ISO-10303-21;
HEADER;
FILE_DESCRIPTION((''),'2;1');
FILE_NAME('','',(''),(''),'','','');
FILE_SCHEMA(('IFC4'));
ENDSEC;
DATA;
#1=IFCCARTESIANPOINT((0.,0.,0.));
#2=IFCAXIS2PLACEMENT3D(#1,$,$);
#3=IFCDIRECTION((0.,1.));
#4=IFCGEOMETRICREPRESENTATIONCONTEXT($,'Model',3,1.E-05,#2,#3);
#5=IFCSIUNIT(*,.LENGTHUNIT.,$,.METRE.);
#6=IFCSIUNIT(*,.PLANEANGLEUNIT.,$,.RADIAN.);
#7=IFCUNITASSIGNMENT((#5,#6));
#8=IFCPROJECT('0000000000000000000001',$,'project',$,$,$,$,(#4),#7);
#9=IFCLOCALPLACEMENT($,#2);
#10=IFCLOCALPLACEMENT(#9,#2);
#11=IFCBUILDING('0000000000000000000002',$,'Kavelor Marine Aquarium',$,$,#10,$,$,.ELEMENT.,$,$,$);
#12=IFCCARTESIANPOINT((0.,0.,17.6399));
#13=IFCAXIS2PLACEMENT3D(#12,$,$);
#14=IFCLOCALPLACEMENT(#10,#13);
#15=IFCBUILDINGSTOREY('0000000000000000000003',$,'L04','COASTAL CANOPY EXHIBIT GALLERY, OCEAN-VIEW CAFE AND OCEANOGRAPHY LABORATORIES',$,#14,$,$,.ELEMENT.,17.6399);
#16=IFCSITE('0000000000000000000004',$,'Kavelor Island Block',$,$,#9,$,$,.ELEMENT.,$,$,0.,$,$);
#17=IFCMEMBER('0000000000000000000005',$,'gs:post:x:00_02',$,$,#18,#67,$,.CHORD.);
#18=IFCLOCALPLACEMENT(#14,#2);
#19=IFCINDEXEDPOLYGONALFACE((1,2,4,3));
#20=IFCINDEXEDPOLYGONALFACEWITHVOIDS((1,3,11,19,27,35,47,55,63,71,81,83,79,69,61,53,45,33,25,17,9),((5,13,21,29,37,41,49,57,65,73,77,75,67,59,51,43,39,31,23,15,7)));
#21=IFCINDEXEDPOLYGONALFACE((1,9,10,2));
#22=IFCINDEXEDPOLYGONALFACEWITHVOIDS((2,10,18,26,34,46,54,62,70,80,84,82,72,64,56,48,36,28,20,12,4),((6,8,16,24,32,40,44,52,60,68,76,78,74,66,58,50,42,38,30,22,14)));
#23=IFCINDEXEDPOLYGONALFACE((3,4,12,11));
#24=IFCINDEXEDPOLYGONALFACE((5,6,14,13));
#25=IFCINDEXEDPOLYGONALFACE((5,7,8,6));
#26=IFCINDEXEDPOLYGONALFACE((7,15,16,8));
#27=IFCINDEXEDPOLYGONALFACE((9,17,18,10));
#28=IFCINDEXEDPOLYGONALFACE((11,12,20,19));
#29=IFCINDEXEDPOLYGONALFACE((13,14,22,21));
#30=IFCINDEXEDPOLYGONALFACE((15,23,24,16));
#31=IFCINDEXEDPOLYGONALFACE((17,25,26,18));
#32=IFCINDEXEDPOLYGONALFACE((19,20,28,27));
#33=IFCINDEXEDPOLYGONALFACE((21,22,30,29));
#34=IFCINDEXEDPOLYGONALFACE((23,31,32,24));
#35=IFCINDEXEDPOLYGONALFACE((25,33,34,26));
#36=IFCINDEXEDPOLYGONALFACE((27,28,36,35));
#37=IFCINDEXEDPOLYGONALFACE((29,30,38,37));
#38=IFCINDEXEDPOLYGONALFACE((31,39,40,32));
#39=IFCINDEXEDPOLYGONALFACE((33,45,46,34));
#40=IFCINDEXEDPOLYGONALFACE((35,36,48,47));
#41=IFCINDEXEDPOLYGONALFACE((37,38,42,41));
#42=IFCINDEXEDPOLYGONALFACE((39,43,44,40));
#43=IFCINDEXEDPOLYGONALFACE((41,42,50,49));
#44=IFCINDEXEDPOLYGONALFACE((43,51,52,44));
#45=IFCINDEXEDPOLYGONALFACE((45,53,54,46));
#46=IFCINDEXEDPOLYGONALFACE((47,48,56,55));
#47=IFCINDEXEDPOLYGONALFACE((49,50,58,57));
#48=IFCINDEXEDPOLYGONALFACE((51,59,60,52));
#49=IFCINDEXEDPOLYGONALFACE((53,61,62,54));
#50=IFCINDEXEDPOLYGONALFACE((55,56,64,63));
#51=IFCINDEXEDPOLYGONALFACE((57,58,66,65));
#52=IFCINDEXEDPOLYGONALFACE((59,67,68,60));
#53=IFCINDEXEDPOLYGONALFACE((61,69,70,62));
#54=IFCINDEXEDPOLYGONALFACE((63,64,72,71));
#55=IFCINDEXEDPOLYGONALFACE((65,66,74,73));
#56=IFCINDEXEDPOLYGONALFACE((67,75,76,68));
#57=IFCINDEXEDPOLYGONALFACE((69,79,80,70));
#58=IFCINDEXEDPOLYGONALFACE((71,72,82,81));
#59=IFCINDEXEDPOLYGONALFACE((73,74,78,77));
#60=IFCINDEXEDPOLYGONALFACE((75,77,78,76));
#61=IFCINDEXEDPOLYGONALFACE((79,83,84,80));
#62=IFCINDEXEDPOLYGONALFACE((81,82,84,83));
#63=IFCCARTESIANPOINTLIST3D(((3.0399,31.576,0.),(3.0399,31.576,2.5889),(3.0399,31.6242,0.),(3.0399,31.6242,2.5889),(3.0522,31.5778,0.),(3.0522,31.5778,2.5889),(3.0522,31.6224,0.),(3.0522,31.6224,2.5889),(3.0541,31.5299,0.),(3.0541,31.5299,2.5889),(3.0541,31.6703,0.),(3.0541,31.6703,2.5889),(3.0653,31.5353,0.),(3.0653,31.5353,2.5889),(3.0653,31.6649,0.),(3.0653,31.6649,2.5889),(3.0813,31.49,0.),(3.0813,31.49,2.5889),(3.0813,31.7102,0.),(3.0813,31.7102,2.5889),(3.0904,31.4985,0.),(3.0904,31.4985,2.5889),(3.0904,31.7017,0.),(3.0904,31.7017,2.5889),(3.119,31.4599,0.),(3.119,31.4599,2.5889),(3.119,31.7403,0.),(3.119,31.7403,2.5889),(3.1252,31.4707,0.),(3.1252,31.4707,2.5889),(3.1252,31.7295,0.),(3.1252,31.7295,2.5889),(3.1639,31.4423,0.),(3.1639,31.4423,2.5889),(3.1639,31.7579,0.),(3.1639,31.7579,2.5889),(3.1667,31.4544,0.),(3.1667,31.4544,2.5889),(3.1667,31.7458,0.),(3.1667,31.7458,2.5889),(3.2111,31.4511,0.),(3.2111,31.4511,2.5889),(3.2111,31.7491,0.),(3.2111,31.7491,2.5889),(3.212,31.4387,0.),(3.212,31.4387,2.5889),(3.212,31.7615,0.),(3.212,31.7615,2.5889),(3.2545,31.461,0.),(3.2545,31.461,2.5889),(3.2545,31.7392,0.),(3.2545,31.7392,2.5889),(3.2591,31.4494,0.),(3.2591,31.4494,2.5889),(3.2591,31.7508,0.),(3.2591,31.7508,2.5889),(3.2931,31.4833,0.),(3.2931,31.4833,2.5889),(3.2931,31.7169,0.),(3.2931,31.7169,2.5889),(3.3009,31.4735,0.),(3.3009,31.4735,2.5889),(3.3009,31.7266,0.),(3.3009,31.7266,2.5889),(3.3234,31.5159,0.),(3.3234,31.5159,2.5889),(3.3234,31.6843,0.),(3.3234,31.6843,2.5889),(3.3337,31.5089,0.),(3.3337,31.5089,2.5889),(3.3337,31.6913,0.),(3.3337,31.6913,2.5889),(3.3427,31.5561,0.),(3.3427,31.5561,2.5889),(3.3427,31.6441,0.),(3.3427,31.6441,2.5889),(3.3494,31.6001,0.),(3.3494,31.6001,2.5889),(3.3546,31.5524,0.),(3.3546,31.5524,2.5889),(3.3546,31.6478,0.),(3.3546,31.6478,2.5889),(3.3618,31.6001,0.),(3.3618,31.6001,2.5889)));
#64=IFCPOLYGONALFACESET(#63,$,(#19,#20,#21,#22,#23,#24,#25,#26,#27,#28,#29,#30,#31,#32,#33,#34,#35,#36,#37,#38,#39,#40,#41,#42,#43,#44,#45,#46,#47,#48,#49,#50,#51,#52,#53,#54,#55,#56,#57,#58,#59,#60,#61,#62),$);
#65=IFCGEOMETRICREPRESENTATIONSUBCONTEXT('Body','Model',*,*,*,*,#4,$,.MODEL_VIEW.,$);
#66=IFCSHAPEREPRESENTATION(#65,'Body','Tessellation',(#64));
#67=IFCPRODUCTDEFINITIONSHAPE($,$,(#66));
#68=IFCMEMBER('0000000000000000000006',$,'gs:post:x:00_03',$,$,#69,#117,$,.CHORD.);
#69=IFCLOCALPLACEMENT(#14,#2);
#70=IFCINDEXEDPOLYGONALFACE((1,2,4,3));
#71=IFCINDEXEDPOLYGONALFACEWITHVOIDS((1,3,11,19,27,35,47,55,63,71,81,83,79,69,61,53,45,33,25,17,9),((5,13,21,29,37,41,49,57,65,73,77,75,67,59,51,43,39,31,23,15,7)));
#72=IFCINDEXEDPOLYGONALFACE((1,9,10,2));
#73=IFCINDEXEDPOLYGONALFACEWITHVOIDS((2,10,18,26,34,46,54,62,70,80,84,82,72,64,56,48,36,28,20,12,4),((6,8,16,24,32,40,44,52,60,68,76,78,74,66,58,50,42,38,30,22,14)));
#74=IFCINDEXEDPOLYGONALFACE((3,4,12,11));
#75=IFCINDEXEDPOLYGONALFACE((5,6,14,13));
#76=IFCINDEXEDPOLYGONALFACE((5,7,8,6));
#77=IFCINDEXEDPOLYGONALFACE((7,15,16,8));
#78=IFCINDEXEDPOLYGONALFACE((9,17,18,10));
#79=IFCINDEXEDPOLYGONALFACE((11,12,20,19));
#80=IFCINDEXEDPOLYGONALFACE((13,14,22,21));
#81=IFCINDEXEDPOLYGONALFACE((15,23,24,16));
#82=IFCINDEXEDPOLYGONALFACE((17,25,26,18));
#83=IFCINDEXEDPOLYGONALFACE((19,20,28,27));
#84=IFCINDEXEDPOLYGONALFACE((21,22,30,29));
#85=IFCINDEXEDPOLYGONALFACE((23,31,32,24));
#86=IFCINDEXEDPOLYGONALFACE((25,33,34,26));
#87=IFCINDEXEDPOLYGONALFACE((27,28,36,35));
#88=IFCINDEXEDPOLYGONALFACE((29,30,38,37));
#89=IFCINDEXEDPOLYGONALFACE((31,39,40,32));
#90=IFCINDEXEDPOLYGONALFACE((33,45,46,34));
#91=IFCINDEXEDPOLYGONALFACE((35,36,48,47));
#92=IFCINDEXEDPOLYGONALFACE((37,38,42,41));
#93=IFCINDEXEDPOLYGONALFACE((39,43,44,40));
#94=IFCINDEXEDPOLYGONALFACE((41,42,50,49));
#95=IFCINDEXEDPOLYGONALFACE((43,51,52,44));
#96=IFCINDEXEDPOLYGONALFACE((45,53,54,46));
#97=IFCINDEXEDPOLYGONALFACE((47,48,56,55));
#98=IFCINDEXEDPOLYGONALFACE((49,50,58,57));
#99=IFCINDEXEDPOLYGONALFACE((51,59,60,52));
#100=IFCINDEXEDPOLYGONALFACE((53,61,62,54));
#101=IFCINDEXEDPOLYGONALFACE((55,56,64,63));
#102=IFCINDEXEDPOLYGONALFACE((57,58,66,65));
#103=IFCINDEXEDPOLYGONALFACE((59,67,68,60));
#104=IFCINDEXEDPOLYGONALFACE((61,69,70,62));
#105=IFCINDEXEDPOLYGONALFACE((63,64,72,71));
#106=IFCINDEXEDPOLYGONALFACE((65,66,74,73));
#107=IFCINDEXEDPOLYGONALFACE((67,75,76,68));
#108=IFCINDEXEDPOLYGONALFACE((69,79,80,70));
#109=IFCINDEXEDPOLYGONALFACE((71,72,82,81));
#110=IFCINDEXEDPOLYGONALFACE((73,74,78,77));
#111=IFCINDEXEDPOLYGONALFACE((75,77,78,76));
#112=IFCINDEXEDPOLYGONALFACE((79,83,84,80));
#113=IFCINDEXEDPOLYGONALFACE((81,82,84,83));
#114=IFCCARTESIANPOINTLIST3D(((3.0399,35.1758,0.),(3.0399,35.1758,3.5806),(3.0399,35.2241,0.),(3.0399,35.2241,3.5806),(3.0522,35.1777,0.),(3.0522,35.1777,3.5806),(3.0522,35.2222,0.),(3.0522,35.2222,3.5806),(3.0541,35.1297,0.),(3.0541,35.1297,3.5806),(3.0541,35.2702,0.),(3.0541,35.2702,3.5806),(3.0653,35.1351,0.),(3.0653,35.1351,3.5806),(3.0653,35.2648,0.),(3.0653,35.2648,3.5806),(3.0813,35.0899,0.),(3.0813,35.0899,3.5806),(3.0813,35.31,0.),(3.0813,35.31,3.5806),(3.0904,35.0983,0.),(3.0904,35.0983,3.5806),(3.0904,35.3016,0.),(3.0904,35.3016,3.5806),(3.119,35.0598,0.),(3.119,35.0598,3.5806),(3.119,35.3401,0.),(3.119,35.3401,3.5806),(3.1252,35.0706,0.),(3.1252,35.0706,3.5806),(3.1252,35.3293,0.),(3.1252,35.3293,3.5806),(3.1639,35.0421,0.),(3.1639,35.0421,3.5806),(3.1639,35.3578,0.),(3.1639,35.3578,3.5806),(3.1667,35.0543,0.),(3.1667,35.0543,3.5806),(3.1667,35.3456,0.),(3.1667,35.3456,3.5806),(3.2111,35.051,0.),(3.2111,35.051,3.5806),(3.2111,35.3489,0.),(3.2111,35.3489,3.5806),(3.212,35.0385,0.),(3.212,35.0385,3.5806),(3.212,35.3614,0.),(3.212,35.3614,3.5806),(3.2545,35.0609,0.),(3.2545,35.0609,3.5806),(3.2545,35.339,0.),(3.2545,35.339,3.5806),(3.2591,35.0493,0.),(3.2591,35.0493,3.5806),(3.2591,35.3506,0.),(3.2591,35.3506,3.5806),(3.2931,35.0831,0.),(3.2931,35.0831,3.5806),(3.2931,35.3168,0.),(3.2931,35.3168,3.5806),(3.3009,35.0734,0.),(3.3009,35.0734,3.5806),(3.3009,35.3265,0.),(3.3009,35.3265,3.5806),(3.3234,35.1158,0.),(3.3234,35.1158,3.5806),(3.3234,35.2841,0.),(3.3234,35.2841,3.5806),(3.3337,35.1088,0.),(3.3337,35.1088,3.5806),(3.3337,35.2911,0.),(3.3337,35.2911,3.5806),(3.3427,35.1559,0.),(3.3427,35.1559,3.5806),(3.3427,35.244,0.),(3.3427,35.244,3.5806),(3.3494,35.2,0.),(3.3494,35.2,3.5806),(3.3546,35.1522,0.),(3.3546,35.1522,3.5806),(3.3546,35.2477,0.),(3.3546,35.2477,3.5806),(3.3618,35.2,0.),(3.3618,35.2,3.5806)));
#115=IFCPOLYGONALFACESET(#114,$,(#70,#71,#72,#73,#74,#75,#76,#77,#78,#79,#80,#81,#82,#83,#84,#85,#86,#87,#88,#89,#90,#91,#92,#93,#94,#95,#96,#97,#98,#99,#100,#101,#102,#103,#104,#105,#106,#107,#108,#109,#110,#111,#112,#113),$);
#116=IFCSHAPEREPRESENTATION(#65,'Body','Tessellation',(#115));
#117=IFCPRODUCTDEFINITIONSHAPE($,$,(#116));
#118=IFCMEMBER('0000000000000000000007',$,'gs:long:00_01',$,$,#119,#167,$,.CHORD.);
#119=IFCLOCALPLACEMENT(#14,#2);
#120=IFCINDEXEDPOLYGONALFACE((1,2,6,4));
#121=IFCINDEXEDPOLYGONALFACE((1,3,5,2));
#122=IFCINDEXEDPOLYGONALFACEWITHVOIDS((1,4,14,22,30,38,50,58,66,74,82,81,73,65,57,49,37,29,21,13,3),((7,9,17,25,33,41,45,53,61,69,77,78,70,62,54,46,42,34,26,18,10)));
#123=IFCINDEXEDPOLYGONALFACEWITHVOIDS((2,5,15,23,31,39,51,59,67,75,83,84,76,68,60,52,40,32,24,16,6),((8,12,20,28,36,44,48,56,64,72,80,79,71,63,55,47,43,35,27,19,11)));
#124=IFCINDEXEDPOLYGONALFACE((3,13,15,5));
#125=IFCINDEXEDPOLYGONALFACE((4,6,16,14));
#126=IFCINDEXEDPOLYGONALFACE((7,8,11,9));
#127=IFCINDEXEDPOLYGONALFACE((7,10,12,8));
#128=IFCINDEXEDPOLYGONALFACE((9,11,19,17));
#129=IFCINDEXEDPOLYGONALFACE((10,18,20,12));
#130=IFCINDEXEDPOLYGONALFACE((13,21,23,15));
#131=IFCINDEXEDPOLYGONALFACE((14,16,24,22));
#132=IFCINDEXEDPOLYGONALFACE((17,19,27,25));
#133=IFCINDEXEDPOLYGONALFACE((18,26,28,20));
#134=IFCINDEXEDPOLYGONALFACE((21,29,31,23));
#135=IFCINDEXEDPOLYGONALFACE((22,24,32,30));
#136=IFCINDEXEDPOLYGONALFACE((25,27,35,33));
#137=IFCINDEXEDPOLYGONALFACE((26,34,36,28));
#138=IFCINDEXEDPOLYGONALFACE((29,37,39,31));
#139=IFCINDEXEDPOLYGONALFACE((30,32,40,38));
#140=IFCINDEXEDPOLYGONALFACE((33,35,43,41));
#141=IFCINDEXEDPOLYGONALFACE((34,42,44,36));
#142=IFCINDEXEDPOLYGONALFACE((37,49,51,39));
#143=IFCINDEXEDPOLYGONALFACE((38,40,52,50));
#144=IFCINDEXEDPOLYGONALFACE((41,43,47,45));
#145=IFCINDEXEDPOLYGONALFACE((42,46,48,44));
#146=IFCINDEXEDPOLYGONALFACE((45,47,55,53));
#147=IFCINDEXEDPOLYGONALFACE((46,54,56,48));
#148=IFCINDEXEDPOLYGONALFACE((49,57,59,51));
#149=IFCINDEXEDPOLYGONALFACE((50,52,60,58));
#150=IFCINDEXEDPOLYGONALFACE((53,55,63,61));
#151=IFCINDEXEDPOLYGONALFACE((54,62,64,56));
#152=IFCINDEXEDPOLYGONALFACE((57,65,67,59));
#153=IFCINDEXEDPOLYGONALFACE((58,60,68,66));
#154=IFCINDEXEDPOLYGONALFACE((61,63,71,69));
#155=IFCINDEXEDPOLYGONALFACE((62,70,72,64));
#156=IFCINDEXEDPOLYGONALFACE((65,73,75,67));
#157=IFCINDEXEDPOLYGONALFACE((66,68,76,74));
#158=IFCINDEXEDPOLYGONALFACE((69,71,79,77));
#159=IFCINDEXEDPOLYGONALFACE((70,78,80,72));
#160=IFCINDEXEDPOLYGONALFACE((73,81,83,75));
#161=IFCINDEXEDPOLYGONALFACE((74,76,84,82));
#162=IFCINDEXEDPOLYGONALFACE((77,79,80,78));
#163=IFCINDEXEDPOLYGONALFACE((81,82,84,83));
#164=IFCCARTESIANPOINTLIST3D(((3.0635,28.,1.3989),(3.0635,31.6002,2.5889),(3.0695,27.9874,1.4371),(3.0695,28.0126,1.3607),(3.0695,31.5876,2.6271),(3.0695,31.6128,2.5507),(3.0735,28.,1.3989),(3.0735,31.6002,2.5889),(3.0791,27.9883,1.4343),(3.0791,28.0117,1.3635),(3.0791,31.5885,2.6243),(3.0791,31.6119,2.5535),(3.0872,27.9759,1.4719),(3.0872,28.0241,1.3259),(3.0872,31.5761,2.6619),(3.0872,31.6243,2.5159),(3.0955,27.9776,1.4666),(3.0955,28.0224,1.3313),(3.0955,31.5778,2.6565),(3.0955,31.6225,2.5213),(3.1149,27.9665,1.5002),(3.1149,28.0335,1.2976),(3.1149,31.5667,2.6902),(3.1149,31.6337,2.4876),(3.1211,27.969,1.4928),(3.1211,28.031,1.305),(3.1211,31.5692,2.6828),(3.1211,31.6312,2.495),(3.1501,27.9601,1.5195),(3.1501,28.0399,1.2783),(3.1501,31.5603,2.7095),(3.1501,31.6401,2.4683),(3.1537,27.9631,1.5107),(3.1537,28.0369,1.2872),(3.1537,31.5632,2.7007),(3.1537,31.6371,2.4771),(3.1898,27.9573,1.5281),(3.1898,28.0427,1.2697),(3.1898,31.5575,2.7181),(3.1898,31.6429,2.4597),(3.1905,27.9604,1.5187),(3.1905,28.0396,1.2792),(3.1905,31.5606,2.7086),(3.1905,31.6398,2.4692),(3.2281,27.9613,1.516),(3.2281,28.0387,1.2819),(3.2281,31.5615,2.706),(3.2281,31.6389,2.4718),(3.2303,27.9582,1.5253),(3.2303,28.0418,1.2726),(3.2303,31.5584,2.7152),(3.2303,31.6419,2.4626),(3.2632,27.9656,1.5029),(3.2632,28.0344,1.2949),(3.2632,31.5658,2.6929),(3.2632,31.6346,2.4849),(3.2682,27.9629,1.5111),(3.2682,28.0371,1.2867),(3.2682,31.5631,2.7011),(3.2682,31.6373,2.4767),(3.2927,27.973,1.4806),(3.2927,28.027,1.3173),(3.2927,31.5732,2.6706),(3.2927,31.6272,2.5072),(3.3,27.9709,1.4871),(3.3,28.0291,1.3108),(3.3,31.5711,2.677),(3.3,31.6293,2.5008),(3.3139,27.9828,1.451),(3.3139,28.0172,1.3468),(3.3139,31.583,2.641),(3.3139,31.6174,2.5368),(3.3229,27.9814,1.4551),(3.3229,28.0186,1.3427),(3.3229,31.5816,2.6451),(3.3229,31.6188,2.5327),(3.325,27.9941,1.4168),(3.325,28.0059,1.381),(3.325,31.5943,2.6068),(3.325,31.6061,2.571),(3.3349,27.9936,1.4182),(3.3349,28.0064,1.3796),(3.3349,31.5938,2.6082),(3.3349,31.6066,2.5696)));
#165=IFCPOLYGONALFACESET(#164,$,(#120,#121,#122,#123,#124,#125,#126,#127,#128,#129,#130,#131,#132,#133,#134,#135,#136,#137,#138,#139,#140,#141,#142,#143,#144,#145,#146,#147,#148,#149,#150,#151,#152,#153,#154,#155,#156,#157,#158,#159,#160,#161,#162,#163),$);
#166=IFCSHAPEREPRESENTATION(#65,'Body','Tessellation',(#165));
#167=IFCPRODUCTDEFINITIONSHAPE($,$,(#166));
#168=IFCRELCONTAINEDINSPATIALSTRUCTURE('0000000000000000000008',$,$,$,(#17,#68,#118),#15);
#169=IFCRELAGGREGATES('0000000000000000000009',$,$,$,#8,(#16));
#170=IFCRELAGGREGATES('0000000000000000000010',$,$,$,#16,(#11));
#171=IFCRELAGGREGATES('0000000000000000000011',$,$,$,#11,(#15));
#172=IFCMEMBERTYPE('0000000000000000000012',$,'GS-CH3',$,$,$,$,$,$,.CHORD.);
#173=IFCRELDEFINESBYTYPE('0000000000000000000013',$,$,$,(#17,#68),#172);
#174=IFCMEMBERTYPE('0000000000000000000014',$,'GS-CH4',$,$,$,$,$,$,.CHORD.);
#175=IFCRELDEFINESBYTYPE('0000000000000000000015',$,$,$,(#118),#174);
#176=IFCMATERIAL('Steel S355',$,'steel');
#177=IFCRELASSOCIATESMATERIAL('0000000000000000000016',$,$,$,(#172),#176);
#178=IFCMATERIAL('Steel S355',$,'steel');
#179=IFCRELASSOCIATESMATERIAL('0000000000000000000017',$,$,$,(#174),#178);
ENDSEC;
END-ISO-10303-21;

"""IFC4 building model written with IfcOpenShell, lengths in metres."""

from ifc_helpers import new_model, si_unit, direction, frame, origin, origin_2d, place, context, subcontext, project, spatial, hollow_circle, extrude, material, material_profile, profile_set, type_object, element, save


model = new_model("IFC4")

# Units and contexts
model_context = context("Model", 3, precision=1e-05, world=origin(), true_north=direction((0.0, 1.0)))
body_context = subcontext(model_context, "Body", "Model", "MODEL_VIEW")
ifc_project = project(units=[si_unit("LENGTHUNIT", "METRE"), si_unit("PLANEANGLEUNIT", "RADIAN")], contexts=[model_context])

# Site, building, storey
site_placement = place(None, origin())
site = spatial("IfcSite", under=ifc_project, at=site_placement, Name="Kavelor Island Block", CompositionType="ELEMENT", RefElevation=0.0)
building_placement = place(site_placement, origin())
building = spatial("IfcBuilding", under=site, at=building_placement, Name="Kavelor Marine Aquarium", CompositionType="ELEMENT")
storey_placement = place(building_placement, frame((0.0, 0.0, 17.6399)))
storey = spatial("IfcBuildingStorey", under=building, at=storey_placement, Name="L04", Description="COASTAL CANOPY EXHIBIT GALLERY, OCEAN-VIEW CAFE AND OCEANOGRAPHY LABORATORIES", CompositionType="ELEMENT", Elevation=17.6399)

# Members
ifc_material_1 = material(Name="Steel S355", Category="steel")
ifc_material_profile_1 = material_profile(ifc_material_1, hollow_circle(Radius=0.1619, WallThickness=0.0125, at=origin_2d()), Name="CHS 323.9x12.5")
ifc_profile_set_1 = profile_set([ifc_material_profile_1], Name="Steel S355")
member_type_1 = type_object("IfcMemberType", Name="GS-CH3", PredefinedType="CHORD", material=ifc_profile_set_1)
member_1_placement = place(storey_placement, frame((3.2, 31.6001, 0.0), z_axis=(0.0, 0.0, 1.0), x_axis=(1.0, 0.0, 0.0)))
element("IfcMember", 1, at=member_1_placement, inside=storey, type_object=member_type_1, Name="gs:post:x:00_02", PredefinedType="CHORD", context=body_context, shape_type="SweptSolid", body=[
    extrude(hollow_circle(Radius=0.1619, WallThickness=0.0125, at=origin_2d()), origin(), (0.0, 0.0, 1.0), 2.5889),
])
member_2_placement = place(storey_placement, frame((3.2, 35.2, 0.0), z_axis=(0.0, 0.0, 1.0), x_axis=(1.0, 0.0, 0.0)))
element("IfcMember", 2, at=member_2_placement, inside=storey, type_object=member_type_1, Name="gs:post:x:00_03", PredefinedType="CHORD", context=body_context, shape_type="SweptSolid", body=[
    extrude(hollow_circle(Radius=0.1619, WallThickness=0.0125, at=origin_2d()), origin(), (0.0, 0.0, 1.0), 3.5806),
])
ifc_material_2 = material(Name="Steel S355", Category="steel")
ifc_material_profile_2 = material_profile(ifc_material_2, hollow_circle(Radius=0.1365, WallThickness=0.01, at=origin_2d()), Name="CHS 273.0x10.0")
ifc_profile_set_2 = profile_set([ifc_material_profile_2], Name="Steel S355")
member_type_2 = type_object("IfcMemberType", Name="GS-CH4", PredefinedType="CHORD", material=ifc_profile_set_2)
member_3_placement = place(storey_placement, frame((3.2, 28.0, 1.3989), z_axis=(0.0, 0.949479, 0.313831), x_axis=(-1.0, 0.0, 0.0)))
element("IfcMember", 3, at=member_3_placement, inside=storey, type_object=member_type_2, Name="gs:long:00_01", PredefinedType="CHORD", context=body_context, shape_type="SweptSolid", body=[
    extrude(hollow_circle(Radius=0.1365, WallThickness=0.01, at=origin_2d()), origin(), (0.0, 0.0, 1.0), 3.7917),
])

save(model, "model.ifc")
